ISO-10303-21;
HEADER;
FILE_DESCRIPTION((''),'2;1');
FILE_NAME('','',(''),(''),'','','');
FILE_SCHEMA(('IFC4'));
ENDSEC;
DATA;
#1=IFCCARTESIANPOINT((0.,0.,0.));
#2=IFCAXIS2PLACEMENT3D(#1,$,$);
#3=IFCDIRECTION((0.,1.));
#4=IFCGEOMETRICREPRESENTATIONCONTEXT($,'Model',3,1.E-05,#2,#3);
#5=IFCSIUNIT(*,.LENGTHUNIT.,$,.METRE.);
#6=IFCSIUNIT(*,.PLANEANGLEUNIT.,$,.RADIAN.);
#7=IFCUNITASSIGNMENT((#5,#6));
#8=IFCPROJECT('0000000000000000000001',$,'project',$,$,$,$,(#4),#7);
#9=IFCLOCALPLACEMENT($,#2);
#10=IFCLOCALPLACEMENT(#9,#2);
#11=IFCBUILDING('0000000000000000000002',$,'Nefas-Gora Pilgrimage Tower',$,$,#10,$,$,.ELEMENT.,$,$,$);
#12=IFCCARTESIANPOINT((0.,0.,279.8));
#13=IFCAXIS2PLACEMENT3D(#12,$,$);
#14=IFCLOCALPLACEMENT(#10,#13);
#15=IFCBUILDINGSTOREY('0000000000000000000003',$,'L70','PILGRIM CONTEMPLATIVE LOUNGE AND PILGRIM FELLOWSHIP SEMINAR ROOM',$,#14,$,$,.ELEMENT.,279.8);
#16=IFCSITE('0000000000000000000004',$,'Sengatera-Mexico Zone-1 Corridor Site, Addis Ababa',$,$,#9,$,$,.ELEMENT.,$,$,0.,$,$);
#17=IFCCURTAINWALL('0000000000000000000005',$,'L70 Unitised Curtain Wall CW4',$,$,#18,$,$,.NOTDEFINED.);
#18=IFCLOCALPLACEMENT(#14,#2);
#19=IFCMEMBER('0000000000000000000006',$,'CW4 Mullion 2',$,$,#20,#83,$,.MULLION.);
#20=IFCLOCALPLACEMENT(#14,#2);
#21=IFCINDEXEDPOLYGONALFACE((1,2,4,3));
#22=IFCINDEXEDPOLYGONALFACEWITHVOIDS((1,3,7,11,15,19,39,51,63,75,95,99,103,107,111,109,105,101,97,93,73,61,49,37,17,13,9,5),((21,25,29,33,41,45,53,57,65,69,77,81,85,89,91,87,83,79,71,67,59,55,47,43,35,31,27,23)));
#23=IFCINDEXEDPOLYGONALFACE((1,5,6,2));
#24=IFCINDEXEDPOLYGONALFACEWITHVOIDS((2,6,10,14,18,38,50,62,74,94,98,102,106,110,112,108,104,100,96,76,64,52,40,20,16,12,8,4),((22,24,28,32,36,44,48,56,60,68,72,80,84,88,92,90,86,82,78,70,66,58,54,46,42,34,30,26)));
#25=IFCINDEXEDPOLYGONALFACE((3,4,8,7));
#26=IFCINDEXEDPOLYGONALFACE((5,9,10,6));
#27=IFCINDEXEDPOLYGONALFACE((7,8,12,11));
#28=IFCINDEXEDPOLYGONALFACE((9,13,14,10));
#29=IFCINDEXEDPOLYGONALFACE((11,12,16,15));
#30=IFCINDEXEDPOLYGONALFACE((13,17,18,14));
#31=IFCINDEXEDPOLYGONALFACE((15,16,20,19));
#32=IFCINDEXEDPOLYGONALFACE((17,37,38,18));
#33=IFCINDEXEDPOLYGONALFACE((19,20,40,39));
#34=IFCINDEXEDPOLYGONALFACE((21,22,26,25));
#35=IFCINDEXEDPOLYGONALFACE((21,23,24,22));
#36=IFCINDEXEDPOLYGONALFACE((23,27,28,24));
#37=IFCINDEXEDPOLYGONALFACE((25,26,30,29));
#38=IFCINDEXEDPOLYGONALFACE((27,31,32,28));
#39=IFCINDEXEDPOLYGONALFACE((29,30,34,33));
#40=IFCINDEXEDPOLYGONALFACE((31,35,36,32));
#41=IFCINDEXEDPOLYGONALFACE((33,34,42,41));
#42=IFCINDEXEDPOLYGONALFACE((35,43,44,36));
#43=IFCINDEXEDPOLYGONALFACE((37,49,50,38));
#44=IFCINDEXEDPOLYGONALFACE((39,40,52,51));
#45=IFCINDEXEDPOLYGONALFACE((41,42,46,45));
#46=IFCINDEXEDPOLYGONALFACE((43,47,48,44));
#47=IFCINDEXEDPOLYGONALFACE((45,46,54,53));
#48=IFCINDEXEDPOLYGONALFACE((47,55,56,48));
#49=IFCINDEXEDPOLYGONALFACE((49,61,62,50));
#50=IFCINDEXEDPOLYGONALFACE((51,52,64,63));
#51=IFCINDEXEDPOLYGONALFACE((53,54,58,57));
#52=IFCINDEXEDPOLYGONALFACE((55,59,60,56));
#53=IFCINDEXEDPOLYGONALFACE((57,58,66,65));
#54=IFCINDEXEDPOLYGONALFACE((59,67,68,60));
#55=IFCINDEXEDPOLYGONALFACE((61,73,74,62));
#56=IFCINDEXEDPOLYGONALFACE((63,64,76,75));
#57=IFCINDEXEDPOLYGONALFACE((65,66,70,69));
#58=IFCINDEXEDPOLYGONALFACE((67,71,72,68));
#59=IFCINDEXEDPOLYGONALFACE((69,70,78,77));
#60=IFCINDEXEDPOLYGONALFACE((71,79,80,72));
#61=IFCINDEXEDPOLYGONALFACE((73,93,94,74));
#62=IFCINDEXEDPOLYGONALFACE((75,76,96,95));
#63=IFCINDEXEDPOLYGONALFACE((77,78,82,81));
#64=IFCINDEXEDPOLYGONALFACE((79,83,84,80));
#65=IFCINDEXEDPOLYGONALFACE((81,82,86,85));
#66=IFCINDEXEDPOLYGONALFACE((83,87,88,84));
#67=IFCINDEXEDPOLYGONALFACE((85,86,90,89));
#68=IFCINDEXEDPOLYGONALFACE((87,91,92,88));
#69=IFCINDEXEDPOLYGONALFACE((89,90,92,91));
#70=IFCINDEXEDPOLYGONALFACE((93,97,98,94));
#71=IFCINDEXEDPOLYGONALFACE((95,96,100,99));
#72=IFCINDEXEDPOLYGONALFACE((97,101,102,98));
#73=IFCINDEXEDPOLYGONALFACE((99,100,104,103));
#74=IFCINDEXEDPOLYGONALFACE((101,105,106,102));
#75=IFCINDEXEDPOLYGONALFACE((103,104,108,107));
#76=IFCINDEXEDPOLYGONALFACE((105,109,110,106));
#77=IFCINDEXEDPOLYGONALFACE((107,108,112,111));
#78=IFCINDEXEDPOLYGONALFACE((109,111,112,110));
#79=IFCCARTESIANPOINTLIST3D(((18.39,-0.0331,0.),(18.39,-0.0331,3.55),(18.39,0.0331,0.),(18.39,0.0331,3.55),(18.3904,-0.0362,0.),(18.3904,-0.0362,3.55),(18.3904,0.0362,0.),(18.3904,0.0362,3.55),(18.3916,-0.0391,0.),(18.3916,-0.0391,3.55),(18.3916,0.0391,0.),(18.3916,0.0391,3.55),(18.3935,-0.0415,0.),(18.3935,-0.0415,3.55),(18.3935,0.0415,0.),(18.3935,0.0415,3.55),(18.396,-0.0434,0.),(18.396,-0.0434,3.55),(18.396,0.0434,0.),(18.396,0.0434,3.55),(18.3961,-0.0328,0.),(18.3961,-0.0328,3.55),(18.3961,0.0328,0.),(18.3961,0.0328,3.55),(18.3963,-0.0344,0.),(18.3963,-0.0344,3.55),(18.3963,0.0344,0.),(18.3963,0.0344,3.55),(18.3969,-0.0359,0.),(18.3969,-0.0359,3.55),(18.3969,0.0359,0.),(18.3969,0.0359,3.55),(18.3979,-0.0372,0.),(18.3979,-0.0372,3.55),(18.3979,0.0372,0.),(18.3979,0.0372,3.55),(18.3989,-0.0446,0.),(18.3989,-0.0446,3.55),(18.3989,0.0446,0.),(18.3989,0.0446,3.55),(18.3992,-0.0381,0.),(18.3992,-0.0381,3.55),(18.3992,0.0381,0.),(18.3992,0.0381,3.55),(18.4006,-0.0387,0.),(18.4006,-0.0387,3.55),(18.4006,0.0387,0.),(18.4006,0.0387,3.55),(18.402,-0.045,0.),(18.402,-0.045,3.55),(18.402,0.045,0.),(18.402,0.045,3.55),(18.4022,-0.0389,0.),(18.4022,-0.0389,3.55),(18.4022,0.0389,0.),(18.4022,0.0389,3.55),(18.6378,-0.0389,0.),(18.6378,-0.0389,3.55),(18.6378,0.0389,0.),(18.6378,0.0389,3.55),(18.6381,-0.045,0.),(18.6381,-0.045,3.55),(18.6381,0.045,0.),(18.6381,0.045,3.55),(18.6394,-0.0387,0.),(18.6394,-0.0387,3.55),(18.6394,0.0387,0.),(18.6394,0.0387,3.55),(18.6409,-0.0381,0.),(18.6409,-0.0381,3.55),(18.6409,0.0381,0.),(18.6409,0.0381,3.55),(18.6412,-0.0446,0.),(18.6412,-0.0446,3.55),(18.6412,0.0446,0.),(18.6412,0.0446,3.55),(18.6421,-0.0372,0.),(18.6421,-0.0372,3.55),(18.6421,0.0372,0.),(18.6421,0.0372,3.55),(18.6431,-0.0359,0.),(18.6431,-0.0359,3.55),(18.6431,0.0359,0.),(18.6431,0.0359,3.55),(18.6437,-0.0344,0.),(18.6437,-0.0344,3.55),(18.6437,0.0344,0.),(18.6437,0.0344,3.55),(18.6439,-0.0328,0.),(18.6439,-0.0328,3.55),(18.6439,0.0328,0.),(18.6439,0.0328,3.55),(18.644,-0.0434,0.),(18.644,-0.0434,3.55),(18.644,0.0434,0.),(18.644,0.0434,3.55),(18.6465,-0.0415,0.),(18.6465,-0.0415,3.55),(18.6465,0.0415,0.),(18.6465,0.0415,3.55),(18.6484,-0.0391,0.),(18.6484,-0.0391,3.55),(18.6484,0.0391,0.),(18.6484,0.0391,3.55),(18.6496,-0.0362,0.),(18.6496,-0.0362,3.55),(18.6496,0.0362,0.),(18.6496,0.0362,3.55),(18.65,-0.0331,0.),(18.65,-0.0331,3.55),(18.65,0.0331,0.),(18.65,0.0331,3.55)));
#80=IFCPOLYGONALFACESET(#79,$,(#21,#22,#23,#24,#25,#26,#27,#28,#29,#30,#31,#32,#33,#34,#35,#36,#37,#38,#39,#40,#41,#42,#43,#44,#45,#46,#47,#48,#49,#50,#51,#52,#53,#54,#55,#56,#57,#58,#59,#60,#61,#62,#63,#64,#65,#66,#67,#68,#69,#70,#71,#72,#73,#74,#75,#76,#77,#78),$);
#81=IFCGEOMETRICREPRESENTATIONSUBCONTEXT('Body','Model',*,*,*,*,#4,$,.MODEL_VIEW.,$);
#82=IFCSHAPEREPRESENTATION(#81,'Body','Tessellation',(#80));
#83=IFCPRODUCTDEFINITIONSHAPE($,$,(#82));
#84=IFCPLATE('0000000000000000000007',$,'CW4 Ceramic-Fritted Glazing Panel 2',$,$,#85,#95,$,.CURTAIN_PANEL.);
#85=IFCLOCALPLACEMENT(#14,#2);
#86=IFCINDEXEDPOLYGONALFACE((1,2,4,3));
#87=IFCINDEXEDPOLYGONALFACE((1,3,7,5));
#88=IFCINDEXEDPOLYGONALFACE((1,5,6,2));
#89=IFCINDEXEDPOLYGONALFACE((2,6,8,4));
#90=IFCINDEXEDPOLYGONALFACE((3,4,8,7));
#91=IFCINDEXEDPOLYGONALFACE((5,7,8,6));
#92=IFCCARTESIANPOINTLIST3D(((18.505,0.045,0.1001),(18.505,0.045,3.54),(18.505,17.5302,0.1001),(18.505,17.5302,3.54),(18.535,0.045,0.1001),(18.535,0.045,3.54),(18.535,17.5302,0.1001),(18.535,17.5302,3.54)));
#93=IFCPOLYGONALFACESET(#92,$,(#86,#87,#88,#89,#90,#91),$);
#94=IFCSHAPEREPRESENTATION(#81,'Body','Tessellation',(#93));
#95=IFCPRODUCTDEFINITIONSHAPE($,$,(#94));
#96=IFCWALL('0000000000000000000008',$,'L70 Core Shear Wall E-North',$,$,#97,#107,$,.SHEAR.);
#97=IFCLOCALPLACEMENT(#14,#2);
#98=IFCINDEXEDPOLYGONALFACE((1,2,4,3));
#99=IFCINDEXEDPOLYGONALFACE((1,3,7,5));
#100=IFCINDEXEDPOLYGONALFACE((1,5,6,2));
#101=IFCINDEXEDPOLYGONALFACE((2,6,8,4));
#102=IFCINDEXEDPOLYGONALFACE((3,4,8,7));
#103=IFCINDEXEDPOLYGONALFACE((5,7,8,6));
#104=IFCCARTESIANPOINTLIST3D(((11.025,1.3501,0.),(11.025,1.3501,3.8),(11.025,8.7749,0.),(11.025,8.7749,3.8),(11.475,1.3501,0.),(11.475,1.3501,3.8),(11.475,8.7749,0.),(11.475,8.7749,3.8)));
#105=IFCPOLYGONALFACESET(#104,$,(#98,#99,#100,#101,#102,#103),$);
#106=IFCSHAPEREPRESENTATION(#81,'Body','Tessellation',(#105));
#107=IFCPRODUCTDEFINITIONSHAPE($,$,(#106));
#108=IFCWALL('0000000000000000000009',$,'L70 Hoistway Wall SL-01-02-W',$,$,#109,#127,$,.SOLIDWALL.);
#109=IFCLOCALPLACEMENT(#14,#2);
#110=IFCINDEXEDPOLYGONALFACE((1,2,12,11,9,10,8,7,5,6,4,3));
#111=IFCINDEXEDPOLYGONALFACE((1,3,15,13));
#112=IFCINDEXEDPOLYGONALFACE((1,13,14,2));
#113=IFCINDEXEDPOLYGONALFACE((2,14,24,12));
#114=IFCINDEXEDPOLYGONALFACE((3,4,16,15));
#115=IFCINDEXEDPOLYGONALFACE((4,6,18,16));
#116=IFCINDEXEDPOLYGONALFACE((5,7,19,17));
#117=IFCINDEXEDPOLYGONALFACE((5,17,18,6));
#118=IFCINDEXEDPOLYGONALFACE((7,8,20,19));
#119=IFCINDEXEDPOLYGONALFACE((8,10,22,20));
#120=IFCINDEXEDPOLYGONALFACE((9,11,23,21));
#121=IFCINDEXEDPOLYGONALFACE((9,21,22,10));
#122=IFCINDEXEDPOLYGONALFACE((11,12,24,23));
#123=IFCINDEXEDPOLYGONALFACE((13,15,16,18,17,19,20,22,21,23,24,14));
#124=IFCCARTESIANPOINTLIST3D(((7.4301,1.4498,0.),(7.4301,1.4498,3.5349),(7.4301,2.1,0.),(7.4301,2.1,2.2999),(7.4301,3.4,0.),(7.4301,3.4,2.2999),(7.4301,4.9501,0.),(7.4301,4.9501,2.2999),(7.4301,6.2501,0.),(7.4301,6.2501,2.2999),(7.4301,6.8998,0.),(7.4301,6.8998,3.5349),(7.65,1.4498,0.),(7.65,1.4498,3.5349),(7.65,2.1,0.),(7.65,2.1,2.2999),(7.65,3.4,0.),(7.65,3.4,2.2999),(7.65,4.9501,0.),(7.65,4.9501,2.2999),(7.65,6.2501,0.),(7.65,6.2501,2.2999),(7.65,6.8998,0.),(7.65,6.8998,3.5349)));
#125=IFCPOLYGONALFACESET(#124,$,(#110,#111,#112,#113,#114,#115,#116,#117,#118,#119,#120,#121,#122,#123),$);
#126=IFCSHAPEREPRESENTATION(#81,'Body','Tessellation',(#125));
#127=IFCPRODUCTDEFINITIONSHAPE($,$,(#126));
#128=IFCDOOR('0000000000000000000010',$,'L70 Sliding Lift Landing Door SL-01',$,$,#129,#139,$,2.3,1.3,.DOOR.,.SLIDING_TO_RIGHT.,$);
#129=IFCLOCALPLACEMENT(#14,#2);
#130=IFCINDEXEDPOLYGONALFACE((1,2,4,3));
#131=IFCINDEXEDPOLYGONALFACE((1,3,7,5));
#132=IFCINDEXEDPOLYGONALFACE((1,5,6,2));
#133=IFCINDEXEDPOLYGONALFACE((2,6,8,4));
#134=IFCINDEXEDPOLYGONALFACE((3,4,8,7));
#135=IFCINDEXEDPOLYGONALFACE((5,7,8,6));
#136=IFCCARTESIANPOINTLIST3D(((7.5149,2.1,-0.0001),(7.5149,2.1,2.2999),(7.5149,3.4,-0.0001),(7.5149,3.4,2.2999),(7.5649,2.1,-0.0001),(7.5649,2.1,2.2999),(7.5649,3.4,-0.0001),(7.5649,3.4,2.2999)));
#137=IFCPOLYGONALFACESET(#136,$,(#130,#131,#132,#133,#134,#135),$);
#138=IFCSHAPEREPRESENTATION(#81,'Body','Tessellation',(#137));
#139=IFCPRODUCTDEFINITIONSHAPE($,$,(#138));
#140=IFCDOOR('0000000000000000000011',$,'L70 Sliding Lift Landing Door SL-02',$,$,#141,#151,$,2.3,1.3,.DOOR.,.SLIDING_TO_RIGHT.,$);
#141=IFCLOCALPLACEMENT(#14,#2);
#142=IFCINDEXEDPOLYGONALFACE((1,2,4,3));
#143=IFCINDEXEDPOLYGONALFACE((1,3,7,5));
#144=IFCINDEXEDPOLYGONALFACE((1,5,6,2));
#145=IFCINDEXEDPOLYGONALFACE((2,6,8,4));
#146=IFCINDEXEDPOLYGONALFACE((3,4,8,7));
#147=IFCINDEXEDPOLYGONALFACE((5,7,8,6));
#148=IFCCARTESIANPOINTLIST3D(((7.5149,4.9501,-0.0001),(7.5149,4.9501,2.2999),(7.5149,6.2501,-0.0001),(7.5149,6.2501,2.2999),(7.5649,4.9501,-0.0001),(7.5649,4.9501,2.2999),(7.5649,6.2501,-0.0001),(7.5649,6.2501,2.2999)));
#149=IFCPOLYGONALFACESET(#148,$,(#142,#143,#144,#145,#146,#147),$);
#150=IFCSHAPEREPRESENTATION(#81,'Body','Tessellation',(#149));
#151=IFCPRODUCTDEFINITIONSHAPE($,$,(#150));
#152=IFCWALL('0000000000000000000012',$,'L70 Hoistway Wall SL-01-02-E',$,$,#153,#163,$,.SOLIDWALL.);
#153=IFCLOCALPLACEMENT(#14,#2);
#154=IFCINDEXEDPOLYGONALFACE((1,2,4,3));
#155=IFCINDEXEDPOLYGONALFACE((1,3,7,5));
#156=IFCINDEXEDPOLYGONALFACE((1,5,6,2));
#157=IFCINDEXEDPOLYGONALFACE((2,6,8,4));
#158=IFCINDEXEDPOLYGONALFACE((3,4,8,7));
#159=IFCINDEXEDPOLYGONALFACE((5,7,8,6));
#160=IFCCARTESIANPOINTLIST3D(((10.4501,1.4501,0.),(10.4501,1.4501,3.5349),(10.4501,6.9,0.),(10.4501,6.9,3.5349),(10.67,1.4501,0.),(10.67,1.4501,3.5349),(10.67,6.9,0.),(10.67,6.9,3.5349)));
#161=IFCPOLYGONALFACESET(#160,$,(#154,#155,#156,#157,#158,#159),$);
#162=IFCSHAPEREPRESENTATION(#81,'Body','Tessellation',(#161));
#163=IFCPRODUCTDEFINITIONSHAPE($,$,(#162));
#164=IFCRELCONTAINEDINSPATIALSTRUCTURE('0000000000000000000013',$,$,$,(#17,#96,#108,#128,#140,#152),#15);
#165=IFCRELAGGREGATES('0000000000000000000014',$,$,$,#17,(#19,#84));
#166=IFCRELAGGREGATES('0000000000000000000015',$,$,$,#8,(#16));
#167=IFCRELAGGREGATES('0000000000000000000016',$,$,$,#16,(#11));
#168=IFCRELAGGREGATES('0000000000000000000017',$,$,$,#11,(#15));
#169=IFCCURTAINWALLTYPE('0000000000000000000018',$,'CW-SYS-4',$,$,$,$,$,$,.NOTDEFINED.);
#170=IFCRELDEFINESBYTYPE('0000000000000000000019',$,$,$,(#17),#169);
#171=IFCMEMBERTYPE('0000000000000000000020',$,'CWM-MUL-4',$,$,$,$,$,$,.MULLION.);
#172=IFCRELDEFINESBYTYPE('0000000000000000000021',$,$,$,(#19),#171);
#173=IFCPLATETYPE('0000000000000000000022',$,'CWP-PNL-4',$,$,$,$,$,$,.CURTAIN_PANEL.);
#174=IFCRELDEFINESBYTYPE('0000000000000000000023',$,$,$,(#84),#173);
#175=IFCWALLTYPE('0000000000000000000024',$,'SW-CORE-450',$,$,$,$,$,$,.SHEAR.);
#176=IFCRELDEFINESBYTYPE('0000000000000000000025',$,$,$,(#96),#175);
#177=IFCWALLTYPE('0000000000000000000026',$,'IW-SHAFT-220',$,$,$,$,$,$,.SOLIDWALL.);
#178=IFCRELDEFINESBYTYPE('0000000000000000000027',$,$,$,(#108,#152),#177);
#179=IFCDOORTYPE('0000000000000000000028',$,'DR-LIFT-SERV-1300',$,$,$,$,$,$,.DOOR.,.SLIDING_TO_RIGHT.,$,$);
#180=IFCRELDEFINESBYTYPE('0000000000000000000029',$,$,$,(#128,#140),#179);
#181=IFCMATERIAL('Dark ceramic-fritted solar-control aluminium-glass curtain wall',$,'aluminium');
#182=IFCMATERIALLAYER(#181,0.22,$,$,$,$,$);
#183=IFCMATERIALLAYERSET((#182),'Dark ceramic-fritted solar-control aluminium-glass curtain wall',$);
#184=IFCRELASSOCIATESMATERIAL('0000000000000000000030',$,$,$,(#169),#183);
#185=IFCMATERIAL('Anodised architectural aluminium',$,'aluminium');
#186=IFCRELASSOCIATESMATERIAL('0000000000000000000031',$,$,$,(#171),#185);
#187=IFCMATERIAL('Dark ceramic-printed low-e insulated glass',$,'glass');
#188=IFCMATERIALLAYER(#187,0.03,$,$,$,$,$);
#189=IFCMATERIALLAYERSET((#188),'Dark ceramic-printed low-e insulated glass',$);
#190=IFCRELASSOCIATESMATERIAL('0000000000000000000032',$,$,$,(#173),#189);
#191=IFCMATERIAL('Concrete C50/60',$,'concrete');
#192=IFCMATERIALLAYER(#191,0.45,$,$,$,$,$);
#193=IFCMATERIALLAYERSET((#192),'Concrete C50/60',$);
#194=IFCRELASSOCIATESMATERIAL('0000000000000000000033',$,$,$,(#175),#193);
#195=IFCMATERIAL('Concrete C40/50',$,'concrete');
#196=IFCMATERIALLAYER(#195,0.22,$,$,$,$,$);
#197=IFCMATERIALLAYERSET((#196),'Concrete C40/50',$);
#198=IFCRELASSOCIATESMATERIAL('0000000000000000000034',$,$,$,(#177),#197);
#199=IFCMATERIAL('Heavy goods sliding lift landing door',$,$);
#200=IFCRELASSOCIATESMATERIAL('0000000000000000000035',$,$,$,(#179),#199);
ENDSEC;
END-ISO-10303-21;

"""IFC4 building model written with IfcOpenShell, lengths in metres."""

from ifc_helpers import new_model, si_unit, direction, frame, frame_2d, origin, origin_2d, place, context, subcontext, project, spatial, rectangle, hollow_rectangle, extrude, source, transform, mapped, material, layer, layer_set, material_profile, profile_set, type_object, element, fill, aggregate, save


model = new_model("IFC4")

# Units and contexts
model_context = context("Model", 3, precision=1e-05, world=origin(), true_north=direction((0.0, 1.0)))
body_context = subcontext(model_context, "Body", "Model", "MODEL_VIEW")
ifc_project = project(units=[si_unit("LENGTHUNIT", "METRE"), si_unit("PLANEANGLEUNIT", "RADIAN")], contexts=[model_context])

# Site, building, storey
site_placement = place(None, origin())
site = spatial("IfcSite", under=ifc_project, at=site_placement, Name="Sengatera-Mexico Zone-1 Corridor Site, Addis Ababa", CompositionType="ELEMENT", RefElevation=0.0)
building_placement = place(site_placement, origin())
building = spatial("IfcBuilding", under=site, at=building_placement, Name="Nefas-Gora Pilgrimage Tower", CompositionType="ELEMENT")
storey_placement = place(building_placement, frame((0.0, 0.0, 279.8)))
storey = spatial("IfcBuildingStorey", under=building, at=storey_placement, Name="L70", Description="PILGRIM CONTEMPLATIVE LOUNGE AND PILGRIM FELLOWSHIP SEMINAR ROOM", CompositionType="ELEMENT", Elevation=279.8)

# Curtain wall, member, plate
ifc_material_1 = material(Name="Dark ceramic-fritted solar-control aluminium-glass curtain wall", Category="aluminium")
ifc_layer_1 = layer(ifc_material_1, 0.22)
ifc_layer_set_1 = layer_set([ifc_layer_1], Name="Dark ceramic-fritted solar-control aluminium-glass curtain wall")
curtain_wall_type = type_object("IfcCurtainWallType", Name="CW-SYS-4", PredefinedType="NOTDEFINED", material=ifc_layer_set_1)
curtain_wall_placement = place(storey_placement, origin())
curtain_wall = element("IfcCurtainWall", 1, at=curtain_wall_placement, inside=storey, type_object=curtain_wall_type, Name="L70 Unitised Curtain Wall CW4", PredefinedType="NOTDEFINED")
ifc_material_2 = material(Name="Anodised architectural aluminium", Category="aluminium")
ifc_material_profile_1 = material_profile(ifc_material_2, hollow_rectangle(XDim=0.0901, YDim=0.26, WallThickness=0.0061, InnerFilletRadius=0.0061, OuterFilletRadius=0.012, at=origin_2d()), Name="ALU MULLION 90x260")
ifc_profile_set_1 = profile_set([ifc_material_profile_1], Name="Anodised architectural aluminium")
member_type = type_object("IfcMemberType", Name="CWM-MUL-4", PredefinedType="MULLION", material=ifc_profile_set_1)
shared_shape_1 = source(origin(), body_context, "Body", "SweptSolid", [
    extrude(hollow_rectangle(XDim=0.0901, YDim=0.26, WallThickness=0.0061, InnerFilletRadius=0.0061, OuterFilletRadius=0.012, at=origin_2d()), origin(), (0.0, 0.0, 1.0), 3.55),
])
member_placement = place(storey_placement, frame((18.52, 0.0, 0.0), z_axis=(0.0, 0.0, 1.0), x_axis=(0.0, 1.0, 0.0)))
member = element("IfcMember", 2, at=member_placement, type_object=member_type, Name="CW4 Mullion 2", PredefinedType="MULLION", context=body_context, shape_type="MappedRepresentation", body=[
    mapped(shared_shape_1, transform((0.0, 0.0, 0.0), x_axis=(1.0, 0.0, 0.0), y_axis=(0.0, 1.0, 0.0), z_axis=(0.0, 0.0, 1.0), scale=1.0)),
])
ifc_material_3 = material(Name="Dark ceramic-printed low-e insulated glass", Category="glass")
ifc_layer_2 = layer(ifc_material_3, 0.03)
ifc_layer_set_2 = layer_set([ifc_layer_2], Name="Dark ceramic-printed low-e insulated glass")
plate_type = type_object("IfcPlateType", Name="CWP-PNL-4", PredefinedType="CURTAIN_PANEL", material=ifc_layer_set_2)
shared_shape_2 = source(origin(), body_context, "Body", "SweptSolid", [
    extrude(rectangle(XDim=17.4851, YDim=0.03, at=origin_2d()), origin(), (0.0, 0.0, 1.0), 3.4399),
])
plate_placement = place(storey_placement, frame((18.52, 8.7876, 0.1001), z_axis=(0.0, 0.0, 1.0), x_axis=(0.0, 1.0, 0.0)))
plate = element("IfcPlate", 3, at=plate_placement, type_object=plate_type, Name="CW4 Ceramic-Fritted Glazing Panel 2", PredefinedType="CURTAIN_PANEL", context=body_context, shape_type="MappedRepresentation", body=[
    mapped(shared_shape_2, transform((0.0, 0.0, 0.0), x_axis=(1.0, 0.0, 0.0), y_axis=(0.0, 1.0, 0.0), z_axis=(0.0, 0.0, 1.0), scale=1.0)),
])
aggregate(curtain_wall, [member, plate])

# Wall
ifc_material_4 = material(Name="Concrete C50/60", Category="concrete")
ifc_layer_3 = layer(ifc_material_4, 0.45)
ifc_layer_set_3 = layer_set([ifc_layer_3], Name="Concrete C50/60")
wall_type_1 = type_object("IfcWallType", Name="SW-CORE-450", PredefinedType="SHEAR", material=ifc_layer_set_3)
shared_shape_3 = source(origin(), body_context, "Body", "SweptSolid", [
    extrude(rectangle(XDim=7.4248, YDim=0.45, at=frame_2d((3.7124, 0.0))), origin(), (0.0, 0.0, 1.0), 3.8),
])
wall_1_placement = place(storey_placement, frame((11.25, 1.3501, 0.0), z_axis=(0.0, 0.0, 1.0), x_axis=(0.0, 1.0, 0.0)))
element("IfcWall", 4, at=wall_1_placement, inside=storey, type_object=wall_type_1, Name="L70 Core Shear Wall E-North", PredefinedType="SHEAR", context=body_context, shape_type="MappedRepresentation", body=[
    mapped(shared_shape_3, transform((0.0, 0.0, 0.0), x_axis=(1.0, 0.0, 0.0), y_axis=(0.0, 1.0, 0.0), z_axis=(0.0, 0.0, 1.0), scale=1.0)),
])

# Wall, openings, doors
ifc_material_5 = material(Name="Concrete C40/50", Category="concrete")
ifc_layer_4 = layer(ifc_material_5, 0.22)
ifc_layer_set_4 = layer_set([ifc_layer_4], Name="Concrete C40/50")
wall_type_2 = type_object("IfcWallType", Name="IW-SHAFT-220", PredefinedType="SOLIDWALL", material=ifc_layer_set_4)
shared_shape_4 = source(origin(), body_context, "Body", "SweptSolid", [
    extrude(rectangle(XDim=5.45, YDim=0.22, at=frame_2d((2.7251, 0.0))), origin(), (0.0, 0.0, 1.0), 3.5349),
])
wall_2_placement = place(storey_placement, frame((7.54, 6.8999, 0.0), z_axis=(0.0, 0.0, 1.0), x_axis=(0.0, -1.0, 0.0)))
wall_2 = element("IfcWall", 5, at=wall_2_placement, inside=storey, type_object=wall_type_2, Name="L70 Hoistway Wall SL-01-02-W", PredefinedType="SOLIDWALL", context=body_context, shape_type="MappedRepresentation", body=[
    mapped(shared_shape_4, transform((0.0, 0.0, 0.0), x_axis=(1.0, 0.0, 0.0), y_axis=(0.0, 1.0, 0.0), z_axis=(0.0, 0.0, 1.0), scale=1.0)),
])
opening_1_placement = place(wall_2_placement, frame((3.5, 0.0, 0.0)))
opening_1 = element("IfcOpeningElement", 6, at=opening_1_placement, cuts=wall_2, PredefinedType="OPENING", context=body_context, shape_type="SweptSolid", body=[
    extrude(rectangle(XDim=1.3, YDim=2.3, at=frame_2d((0.6499, 1.1499))), frame((0.0, 0.1199, 0.0), z_axis=(0.0, -1.0, 0.0), x_axis=(1.0, 0.0, 0.0)), (0.0, 0.0, 1.0), 0.24),
])
opening_2_placement = place(wall_2_placement, frame((0.6499, 0.0, 0.0)))
opening_2 = element("IfcOpeningElement", 7, at=opening_2_placement, cuts=wall_2, PredefinedType="OPENING", context=body_context, shape_type="SweptSolid", body=[
    extrude(rectangle(XDim=1.3, YDim=2.3, at=frame_2d((0.6499, 1.1499))), frame((0.0, 0.1199, 0.0), z_axis=(0.0, -1.0, 0.0), x_axis=(1.0, 0.0, 0.0)), (0.0, 0.0, 1.0), 0.24),
])
ifc_material_6 = material(Name="Heavy goods sliding lift landing door")
door_type_1 = type_object("IfcDoorType", Name="DR-LIFT-SERV-1300", OperationType="SLIDING_TO_RIGHT", PredefinedType="DOOR", material=ifc_material_6)
shared_shape_5 = source(origin(), body_context, "Body", "SweptSolid", [
    extrude(rectangle(XDim=1.3, YDim=2.3, at=frame_2d((0.6499, 1.1499))), frame((0.0, 0.0249, 0.0), z_axis=(0.0, -1.0, 0.0), x_axis=(1.0, 0.0, 0.0)), (0.0, 0.0, 1.0), 0.05),
])
door_1_placement = place(opening_1_placement, origin())
door_1 = element("IfcDoor", 8, at=door_1_placement, inside=storey, type_object=door_type_1, Name="L70 Sliding Lift Landing Door SL-01", OperationType="SLIDING_TO_RIGHT", OverallHeight=2.3, OverallWidth=1.3, PredefinedType="DOOR", context=body_context, shape_type="MappedRepresentation", body=[
    mapped(shared_shape_5, transform((0.0, 0.0, 0.0), x_axis=(1.0, 0.0, 0.0), y_axis=(0.0, 1.0, 0.0), z_axis=(0.0, 0.0, 1.0), scale=1.0)),
])
fill(opening_1, door_1)
door_2_placement = place(opening_2_placement, origin())
door_2 = element("IfcDoor", 9, at=door_2_placement, inside=storey, type_object=door_type_1, Name="L70 Sliding Lift Landing Door SL-02", OperationType="SLIDING_TO_RIGHT", OverallHeight=2.3, OverallWidth=1.3, PredefinedType="DOOR", context=body_context, shape_type="MappedRepresentation", body=[
    mapped(shared_shape_5, transform((0.0, 0.0, 0.0), x_axis=(1.0, 0.0, 0.0), y_axis=(0.0, 1.0, 0.0), z_axis=(0.0, 0.0, 1.0), scale=1.0)),
])
fill(opening_2, door_2)

# Wall
wall_3_placement = place(storey_placement, frame((10.5601, 1.45, 0.0), z_axis=(0.0, 0.0, 1.0), x_axis=(0.0, 1.0, 0.0)))
element("IfcWall", 10, at=wall_3_placement, inside=storey, type_object=wall_type_2, Name="L70 Hoistway Wall SL-01-02-E", PredefinedType="SOLIDWALL", context=body_context, shape_type="MappedRepresentation", body=[
    mapped(shared_shape_4, transform((0.0, 0.0, 0.0), x_axis=(1.0, 0.0, 0.0), y_axis=(0.0, 1.0, 0.0), z_axis=(0.0, 0.0, 1.0), scale=1.0)),
])

save(model, "model.ifc")
